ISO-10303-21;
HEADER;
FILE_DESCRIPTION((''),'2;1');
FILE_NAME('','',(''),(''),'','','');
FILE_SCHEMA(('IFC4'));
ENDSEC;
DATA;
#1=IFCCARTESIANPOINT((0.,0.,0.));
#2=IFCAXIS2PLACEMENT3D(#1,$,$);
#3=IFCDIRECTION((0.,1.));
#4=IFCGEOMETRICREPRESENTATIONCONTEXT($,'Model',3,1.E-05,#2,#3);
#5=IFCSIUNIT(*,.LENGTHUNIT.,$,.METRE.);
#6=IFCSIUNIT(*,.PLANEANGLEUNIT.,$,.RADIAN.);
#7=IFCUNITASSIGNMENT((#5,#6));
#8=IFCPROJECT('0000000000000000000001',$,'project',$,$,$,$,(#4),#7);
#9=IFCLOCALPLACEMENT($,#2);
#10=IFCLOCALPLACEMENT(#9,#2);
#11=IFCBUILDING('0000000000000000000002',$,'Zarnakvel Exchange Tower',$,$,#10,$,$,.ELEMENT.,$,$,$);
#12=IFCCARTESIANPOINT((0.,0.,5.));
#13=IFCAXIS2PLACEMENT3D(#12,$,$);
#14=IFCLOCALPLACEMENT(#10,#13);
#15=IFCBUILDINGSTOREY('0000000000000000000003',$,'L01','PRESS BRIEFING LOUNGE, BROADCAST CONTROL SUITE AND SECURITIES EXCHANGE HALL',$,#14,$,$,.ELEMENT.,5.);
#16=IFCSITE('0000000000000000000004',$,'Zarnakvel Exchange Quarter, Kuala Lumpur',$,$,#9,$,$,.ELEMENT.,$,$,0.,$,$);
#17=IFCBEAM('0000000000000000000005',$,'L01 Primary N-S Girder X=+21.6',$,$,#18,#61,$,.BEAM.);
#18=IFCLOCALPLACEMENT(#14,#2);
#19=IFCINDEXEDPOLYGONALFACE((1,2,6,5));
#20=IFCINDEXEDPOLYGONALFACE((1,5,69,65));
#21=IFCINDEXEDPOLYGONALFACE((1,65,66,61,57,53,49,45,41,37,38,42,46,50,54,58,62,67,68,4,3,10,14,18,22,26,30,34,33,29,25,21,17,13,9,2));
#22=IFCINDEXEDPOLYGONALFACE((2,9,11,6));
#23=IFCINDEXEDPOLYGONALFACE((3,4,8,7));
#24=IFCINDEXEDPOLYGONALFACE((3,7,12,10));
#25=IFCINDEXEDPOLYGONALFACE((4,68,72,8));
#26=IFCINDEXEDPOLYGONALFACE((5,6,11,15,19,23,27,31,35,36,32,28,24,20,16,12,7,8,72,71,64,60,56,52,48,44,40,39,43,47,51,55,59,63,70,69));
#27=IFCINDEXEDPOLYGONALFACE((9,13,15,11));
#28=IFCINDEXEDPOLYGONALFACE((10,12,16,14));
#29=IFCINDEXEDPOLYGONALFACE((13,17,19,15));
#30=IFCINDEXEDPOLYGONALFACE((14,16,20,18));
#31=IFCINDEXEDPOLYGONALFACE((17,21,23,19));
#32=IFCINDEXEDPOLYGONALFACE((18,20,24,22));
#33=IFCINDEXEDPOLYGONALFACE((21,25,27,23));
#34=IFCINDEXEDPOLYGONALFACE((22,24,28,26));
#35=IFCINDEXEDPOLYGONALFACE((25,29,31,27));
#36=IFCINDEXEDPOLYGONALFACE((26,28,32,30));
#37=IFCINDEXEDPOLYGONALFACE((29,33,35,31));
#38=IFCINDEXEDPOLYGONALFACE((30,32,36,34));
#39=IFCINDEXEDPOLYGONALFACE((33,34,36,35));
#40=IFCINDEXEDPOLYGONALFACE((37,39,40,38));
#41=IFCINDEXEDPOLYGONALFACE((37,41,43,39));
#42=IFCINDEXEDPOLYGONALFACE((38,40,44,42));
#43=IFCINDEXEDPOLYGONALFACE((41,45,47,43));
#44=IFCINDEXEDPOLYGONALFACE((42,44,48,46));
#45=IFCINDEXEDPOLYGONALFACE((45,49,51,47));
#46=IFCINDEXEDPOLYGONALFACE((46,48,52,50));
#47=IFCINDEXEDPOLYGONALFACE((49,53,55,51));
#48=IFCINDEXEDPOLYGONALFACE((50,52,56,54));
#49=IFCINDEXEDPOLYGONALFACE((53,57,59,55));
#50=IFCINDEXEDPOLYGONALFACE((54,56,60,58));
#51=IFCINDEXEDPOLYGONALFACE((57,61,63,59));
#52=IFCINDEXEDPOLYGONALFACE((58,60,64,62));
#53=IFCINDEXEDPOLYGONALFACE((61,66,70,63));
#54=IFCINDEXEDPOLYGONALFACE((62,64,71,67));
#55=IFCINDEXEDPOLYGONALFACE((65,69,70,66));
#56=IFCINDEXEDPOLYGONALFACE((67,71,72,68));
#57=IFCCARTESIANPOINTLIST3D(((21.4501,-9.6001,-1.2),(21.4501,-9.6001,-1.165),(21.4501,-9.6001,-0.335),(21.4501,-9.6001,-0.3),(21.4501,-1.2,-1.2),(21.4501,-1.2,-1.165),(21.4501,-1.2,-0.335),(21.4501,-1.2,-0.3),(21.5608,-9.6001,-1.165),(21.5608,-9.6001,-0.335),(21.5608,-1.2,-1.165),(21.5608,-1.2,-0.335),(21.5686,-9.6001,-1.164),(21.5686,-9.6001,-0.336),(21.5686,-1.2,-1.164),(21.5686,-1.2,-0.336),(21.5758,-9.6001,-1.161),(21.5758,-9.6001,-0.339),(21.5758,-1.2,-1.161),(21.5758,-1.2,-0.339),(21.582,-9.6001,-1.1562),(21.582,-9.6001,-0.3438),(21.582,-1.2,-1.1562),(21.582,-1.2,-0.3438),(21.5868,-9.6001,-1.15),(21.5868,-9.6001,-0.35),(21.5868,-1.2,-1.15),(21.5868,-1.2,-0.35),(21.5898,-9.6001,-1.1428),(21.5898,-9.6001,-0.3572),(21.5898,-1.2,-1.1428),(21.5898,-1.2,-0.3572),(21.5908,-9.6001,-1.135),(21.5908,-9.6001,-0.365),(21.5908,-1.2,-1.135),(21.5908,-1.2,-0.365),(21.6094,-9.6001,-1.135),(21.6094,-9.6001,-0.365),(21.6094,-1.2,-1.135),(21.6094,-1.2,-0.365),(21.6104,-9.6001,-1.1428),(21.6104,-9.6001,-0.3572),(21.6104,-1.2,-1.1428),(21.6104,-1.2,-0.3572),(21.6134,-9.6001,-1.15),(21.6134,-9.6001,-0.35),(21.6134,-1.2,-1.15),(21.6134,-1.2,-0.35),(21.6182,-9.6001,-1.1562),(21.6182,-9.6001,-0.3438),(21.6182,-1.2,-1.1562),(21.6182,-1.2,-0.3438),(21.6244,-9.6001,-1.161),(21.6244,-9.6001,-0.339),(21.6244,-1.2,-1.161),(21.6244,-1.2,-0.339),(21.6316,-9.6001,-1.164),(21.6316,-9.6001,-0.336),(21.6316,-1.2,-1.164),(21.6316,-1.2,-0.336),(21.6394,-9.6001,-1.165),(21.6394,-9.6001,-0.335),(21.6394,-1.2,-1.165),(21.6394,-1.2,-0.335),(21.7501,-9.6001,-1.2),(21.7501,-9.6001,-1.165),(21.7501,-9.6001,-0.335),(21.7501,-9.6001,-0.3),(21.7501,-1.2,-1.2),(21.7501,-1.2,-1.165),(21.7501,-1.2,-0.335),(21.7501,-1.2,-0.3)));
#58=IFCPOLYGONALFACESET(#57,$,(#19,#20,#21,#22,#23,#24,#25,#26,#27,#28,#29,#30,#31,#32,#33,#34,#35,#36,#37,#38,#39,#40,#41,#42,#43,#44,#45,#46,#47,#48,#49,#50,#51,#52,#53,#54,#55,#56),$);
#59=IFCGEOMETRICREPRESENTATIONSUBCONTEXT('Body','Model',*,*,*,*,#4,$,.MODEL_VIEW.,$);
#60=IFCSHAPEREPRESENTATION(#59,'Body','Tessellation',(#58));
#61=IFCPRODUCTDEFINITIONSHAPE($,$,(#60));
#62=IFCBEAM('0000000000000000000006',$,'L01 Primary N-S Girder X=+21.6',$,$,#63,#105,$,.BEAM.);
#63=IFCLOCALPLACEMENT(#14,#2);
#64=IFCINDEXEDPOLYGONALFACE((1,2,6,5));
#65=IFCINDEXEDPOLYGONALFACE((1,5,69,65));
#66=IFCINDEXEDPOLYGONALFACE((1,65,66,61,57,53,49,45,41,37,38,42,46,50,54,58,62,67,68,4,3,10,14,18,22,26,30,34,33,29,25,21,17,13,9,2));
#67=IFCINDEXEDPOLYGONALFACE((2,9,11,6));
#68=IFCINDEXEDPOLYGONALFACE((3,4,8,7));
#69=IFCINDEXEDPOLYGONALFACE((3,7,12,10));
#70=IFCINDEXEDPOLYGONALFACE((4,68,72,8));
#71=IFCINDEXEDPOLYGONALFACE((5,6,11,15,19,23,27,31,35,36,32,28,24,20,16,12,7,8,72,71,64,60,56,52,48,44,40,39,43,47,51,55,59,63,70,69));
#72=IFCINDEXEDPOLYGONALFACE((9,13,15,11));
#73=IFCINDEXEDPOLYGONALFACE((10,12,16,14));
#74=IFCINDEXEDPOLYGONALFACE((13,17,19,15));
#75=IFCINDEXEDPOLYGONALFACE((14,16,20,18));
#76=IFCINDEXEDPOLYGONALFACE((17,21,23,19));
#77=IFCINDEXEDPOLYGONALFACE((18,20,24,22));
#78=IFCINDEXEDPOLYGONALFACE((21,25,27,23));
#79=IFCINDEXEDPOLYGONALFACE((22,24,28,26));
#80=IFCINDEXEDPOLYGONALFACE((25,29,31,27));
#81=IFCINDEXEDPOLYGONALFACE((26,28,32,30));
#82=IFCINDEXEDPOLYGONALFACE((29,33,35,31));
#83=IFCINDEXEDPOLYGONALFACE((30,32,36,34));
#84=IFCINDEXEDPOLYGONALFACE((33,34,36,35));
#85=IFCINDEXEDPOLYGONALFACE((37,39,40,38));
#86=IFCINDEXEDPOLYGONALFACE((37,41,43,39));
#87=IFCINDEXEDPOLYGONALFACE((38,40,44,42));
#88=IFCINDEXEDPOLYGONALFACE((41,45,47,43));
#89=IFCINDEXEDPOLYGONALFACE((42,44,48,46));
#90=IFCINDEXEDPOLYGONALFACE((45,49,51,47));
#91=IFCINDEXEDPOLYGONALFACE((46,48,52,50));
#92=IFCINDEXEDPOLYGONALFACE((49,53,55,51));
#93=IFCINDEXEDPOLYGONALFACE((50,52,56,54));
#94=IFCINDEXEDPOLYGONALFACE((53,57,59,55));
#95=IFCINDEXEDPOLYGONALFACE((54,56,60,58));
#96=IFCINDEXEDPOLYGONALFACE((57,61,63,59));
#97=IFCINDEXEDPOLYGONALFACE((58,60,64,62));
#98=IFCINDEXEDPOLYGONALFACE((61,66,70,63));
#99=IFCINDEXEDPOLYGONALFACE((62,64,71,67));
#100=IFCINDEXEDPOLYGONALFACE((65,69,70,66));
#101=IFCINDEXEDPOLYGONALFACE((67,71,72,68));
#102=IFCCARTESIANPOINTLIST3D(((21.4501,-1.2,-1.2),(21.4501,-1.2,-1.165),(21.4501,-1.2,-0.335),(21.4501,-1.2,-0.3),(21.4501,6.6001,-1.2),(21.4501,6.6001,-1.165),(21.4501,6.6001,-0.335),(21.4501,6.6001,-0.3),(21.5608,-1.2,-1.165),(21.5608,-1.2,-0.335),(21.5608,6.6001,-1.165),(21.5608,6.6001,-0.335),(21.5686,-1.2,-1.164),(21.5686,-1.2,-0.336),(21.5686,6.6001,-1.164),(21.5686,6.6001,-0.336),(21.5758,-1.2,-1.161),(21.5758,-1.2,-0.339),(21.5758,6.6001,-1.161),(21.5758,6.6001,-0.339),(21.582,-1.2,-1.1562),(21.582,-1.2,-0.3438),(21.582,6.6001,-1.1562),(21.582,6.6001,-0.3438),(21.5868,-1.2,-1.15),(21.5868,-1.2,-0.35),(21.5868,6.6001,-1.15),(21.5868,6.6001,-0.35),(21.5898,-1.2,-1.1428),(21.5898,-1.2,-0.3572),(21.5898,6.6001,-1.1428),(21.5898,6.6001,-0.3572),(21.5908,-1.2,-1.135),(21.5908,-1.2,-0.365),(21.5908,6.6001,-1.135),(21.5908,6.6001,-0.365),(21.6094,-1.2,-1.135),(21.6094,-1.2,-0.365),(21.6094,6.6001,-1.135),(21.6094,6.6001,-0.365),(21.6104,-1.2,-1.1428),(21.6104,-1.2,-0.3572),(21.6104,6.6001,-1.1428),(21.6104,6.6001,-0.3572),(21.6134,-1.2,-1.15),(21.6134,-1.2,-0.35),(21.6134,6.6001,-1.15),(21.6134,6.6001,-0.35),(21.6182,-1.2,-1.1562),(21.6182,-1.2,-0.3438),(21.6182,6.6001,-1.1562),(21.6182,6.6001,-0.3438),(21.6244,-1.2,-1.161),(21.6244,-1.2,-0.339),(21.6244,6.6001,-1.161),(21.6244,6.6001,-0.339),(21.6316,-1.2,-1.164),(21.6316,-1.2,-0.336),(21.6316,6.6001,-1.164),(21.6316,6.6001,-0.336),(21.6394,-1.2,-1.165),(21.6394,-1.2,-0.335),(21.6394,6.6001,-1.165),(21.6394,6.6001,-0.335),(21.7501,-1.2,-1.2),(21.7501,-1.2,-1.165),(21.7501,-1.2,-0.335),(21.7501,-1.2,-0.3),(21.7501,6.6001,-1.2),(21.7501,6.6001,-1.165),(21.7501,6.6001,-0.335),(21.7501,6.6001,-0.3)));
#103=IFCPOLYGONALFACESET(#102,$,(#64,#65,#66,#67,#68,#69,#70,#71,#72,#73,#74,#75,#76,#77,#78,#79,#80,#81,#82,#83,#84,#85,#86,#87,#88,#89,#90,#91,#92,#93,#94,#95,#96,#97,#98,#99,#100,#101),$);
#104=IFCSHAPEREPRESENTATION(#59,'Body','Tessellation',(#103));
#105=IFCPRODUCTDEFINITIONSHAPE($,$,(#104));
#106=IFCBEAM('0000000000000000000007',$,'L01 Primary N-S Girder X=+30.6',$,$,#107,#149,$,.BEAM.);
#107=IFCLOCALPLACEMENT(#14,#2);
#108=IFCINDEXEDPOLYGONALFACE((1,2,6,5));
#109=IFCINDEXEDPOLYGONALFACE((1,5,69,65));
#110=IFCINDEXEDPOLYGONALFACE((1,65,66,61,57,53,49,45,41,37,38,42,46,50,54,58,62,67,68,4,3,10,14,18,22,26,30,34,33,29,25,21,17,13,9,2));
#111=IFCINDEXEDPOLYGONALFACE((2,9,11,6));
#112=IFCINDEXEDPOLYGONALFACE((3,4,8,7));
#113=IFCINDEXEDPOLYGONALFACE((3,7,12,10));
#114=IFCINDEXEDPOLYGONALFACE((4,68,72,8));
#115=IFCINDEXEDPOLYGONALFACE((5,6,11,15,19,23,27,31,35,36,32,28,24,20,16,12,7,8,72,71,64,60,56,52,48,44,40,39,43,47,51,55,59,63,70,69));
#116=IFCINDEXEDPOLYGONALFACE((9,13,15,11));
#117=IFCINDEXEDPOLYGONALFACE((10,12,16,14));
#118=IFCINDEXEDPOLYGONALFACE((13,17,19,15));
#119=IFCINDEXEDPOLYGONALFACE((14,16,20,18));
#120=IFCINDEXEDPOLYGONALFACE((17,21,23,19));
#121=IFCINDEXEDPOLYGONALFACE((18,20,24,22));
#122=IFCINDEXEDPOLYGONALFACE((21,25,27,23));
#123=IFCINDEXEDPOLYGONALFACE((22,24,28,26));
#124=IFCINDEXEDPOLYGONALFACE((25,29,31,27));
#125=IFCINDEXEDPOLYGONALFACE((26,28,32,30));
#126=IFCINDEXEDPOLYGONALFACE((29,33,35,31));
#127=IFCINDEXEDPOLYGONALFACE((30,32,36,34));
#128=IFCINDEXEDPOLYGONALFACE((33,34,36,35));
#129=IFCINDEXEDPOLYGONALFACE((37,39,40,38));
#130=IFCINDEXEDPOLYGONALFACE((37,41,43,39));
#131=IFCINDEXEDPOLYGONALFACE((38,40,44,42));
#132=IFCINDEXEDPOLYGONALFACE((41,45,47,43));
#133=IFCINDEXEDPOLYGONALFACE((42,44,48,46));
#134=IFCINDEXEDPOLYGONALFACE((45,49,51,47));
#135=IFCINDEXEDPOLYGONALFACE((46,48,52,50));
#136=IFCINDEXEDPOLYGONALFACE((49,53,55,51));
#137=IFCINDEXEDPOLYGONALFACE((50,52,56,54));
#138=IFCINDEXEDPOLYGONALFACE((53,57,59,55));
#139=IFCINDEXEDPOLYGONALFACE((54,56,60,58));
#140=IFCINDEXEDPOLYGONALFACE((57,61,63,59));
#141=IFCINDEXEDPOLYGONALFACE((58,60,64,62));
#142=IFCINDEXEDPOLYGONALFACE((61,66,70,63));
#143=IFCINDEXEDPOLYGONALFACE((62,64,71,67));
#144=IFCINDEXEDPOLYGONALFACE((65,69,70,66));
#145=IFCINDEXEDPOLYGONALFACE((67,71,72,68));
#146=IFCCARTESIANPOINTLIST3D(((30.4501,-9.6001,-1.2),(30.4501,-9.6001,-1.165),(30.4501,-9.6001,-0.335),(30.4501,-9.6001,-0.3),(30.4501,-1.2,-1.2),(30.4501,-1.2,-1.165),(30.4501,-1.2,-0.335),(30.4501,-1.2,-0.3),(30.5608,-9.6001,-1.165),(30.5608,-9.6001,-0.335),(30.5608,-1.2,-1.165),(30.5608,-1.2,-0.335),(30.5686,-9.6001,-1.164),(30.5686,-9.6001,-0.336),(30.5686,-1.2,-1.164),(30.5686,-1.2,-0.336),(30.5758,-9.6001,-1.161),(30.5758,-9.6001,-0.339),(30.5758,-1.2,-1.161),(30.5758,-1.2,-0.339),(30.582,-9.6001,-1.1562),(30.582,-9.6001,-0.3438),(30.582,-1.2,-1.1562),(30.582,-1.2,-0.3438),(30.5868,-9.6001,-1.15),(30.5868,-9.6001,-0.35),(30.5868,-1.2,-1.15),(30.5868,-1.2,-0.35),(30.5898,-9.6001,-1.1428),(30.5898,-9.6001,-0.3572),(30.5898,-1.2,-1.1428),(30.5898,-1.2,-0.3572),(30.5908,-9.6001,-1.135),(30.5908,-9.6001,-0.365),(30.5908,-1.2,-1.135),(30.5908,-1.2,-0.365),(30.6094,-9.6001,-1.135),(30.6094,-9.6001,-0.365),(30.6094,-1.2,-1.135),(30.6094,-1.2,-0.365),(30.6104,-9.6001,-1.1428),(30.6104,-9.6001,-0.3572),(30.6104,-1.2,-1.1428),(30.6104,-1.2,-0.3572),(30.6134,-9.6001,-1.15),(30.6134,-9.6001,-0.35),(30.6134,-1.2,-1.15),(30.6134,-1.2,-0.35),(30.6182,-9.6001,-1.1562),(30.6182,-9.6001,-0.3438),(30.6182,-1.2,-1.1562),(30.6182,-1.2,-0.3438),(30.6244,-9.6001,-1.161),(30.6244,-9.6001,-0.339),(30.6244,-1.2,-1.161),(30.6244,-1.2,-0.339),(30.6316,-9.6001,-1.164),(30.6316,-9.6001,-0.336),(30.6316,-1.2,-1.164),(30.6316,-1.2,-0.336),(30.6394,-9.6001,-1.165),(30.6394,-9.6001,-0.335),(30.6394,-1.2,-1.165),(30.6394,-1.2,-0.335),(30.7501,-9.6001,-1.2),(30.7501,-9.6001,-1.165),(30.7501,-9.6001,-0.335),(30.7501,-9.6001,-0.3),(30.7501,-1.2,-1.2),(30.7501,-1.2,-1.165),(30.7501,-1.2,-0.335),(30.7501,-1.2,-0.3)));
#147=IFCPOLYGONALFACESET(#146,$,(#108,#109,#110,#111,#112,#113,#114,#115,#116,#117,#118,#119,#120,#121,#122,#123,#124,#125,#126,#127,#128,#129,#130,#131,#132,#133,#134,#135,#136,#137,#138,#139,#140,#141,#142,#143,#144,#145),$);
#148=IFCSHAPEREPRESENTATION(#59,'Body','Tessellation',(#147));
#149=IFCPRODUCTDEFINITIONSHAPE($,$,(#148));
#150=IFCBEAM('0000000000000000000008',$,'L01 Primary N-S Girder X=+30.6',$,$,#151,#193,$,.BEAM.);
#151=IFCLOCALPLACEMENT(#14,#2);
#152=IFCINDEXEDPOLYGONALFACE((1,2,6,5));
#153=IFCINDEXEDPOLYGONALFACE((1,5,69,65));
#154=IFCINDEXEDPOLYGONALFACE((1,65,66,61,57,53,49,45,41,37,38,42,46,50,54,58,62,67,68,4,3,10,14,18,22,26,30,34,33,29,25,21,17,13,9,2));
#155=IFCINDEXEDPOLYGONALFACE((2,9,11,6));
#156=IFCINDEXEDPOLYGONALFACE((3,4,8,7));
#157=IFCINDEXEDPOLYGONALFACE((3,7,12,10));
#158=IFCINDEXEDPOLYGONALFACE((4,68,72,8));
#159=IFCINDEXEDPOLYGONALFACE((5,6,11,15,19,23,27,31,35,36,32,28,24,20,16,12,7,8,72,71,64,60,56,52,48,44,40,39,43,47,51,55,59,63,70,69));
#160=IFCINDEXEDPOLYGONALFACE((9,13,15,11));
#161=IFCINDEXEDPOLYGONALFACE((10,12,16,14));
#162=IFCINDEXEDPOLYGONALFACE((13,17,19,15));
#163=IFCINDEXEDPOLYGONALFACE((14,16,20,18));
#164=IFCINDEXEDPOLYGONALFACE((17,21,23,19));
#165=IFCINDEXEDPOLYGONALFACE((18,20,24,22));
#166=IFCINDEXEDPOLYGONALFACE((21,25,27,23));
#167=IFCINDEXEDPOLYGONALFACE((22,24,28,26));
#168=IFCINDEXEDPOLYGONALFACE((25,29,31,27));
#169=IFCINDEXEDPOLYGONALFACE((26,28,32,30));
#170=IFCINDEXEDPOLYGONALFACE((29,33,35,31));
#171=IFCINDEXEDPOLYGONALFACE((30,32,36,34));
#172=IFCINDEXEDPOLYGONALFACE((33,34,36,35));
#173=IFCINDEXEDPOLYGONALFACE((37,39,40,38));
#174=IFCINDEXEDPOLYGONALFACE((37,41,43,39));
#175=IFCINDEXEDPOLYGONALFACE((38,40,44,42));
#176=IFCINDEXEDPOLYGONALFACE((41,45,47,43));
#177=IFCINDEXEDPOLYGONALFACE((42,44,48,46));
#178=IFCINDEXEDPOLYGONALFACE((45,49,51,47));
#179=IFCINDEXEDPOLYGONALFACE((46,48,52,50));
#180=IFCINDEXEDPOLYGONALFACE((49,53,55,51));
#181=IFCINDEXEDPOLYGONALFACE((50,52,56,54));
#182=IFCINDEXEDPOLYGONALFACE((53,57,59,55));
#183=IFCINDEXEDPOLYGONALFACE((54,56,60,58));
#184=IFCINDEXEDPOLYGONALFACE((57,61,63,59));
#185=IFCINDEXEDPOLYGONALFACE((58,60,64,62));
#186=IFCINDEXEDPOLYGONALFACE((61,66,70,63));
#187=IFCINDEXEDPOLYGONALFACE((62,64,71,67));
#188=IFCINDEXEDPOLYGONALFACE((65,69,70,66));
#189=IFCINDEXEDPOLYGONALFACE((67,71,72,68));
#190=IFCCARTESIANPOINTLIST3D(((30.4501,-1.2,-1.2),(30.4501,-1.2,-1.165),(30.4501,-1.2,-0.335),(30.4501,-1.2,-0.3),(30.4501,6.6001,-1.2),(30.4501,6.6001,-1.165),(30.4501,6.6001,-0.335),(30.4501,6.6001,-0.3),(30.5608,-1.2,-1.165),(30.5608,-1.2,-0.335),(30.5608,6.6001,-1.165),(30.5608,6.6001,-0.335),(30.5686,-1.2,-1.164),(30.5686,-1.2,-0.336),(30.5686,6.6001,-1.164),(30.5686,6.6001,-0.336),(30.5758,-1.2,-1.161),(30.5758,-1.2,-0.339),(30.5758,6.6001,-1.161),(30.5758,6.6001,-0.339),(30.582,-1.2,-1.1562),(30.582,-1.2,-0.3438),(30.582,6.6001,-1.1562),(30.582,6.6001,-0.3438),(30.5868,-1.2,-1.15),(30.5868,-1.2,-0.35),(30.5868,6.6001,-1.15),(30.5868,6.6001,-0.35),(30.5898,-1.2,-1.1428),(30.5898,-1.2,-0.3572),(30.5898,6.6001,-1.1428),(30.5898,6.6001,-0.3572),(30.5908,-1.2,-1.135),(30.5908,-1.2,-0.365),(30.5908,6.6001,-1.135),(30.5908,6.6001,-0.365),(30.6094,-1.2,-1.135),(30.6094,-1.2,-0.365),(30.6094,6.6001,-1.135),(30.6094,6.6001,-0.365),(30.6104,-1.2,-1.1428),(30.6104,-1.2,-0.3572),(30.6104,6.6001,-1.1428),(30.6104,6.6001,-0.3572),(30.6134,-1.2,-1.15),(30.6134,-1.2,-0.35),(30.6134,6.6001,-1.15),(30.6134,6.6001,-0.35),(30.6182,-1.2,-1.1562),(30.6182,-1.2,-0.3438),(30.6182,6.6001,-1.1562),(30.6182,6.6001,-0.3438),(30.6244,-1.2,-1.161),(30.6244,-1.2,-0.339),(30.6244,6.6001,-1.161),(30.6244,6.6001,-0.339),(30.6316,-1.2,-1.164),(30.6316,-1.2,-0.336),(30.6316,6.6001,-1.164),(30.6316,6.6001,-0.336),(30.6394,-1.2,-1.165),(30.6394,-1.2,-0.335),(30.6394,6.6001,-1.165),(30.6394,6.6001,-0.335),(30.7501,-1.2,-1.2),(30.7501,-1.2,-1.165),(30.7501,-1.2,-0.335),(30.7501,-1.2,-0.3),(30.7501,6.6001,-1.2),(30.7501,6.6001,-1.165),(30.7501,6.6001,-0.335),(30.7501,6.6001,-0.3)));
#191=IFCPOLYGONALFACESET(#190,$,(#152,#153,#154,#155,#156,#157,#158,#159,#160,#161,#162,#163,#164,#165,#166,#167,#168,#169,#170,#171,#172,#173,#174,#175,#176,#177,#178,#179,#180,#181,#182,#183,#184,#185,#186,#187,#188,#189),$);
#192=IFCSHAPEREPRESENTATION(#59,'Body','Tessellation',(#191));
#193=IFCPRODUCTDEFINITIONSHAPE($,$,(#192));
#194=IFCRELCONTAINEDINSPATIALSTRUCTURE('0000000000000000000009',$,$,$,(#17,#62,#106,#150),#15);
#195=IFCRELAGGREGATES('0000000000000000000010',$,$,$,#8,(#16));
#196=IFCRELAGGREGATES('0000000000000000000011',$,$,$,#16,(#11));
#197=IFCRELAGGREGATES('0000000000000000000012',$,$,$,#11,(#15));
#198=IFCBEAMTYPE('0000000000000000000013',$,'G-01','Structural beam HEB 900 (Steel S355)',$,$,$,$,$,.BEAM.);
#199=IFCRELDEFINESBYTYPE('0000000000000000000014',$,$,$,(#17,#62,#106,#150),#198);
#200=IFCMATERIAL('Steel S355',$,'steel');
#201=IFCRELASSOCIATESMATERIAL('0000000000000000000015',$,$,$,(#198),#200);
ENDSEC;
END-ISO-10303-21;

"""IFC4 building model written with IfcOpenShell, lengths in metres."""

from ifc_helpers import new_model, si_unit, direction, frame, origin, origin_2d, place, context, subcontext, project, spatial, i_section, extrude, material, material_profile, profile_set, type_object, element, save


model = new_model("IFC4")

# Units and contexts
model_context = context("Model", 3, precision=1e-05, world=origin(), true_north=direction((0.0, 1.0)))
body_context = subcontext(model_context, "Body", "Model", "MODEL_VIEW")
ifc_project = project(units=[si_unit("LENGTHUNIT", "METRE"), si_unit("PLANEANGLEUNIT", "RADIAN")], contexts=[model_context])

# Site, building, storey
site_placement = place(None, origin())
site = spatial("IfcSite", under=ifc_project, at=site_placement, Name="Zarnakvel Exchange Quarter, Kuala Lumpur", CompositionType="ELEMENT", RefElevation=0.0)
building_placement = place(site_placement, origin())
building = spatial("IfcBuilding", under=site, at=building_placement, Name="Zarnakvel Exchange Tower", CompositionType="ELEMENT")
storey_placement = place(building_placement, frame((0.0, 0.0, 5.0)))
storey = spatial("IfcBuildingStorey", under=building, at=storey_placement, Name="L01", Description="PRESS BRIEFING LOUNGE, BROADCAST CONTROL SUITE AND SECURITIES EXCHANGE HALL", CompositionType="ELEMENT", Elevation=5.0)

# Beams
ifc_material_1 = material(Name="Steel S355", Category="steel")
ifc_material_profile_1 = material_profile(ifc_material_1, i_section(OverallWidth=0.3, OverallDepth=0.8999, WebThickness=0.0186, FlangeThickness=0.0349, FilletRadius=0.03, at=origin_2d()))
ifc_profile_set_1 = profile_set([ifc_material_profile_1], Name="Steel S355")
beam_type = type_object("IfcBeamType", Name="G-01", Description="Structural beam HEB 900 (Steel S355)", PredefinedType="BEAM", material=ifc_profile_set_1)
beam_1_placement = place(storey_placement, frame((21.6001, -9.6001, -0.75), z_axis=(0.0, 1.0, 0.0), x_axis=(-1.0, 0.0, 0.0)))
element("IfcBeam", 1, at=beam_1_placement, inside=storey, type_object=beam_type, Name="L01 Primary N-S Girder X=+21.6", PredefinedType="BEAM", context=body_context, shape_type="SweptSolid", body=[
    extrude(i_section(OverallWidth=0.3, OverallDepth=0.8999, WebThickness=0.0186, FlangeThickness=0.0349, FilletRadius=0.03, at=origin_2d()), origin(), (0.0, 0.0, 1.0), 8.4001),
])
beam_2_placement = place(storey_placement, frame((21.6001, -1.2, -0.75), z_axis=(0.0, 1.0, 0.0), x_axis=(-1.0, 0.0, 0.0)))
element("IfcBeam", 2, at=beam_2_placement, inside=storey, type_object=beam_type, Name="L01 Primary N-S Girder X=+21.6", PredefinedType="BEAM", context=body_context, shape_type="SweptSolid", body=[
    extrude(i_section(OverallWidth=0.3, OverallDepth=0.8999, WebThickness=0.0186, FlangeThickness=0.0349, FilletRadius=0.03, at=origin_2d()), origin(), (0.0, 0.0, 1.0), 7.8),
])
beam_3_placement = place(storey_placement, frame((30.6001, -9.6001, -0.75), z_axis=(0.0, 1.0, 0.0), x_axis=(-1.0, 0.0, 0.0)))
element("IfcBeam", 3, at=beam_3_placement, inside=storey, type_object=beam_type, Name="L01 Primary N-S Girder X=+30.6", PredefinedType="BEAM", context=body_context, shape_type="SweptSolid", body=[
    extrude(i_section(OverallWidth=0.3, OverallDepth=0.8999, WebThickness=0.0186, FlangeThickness=0.0349, FilletRadius=0.03, at=origin_2d()), origin(), (0.0, 0.0, 1.0), 8.4001),
])
beam_4_placement = place(storey_placement, frame((30.6001, -1.2, -0.75), z_axis=(0.0, 1.0, 0.0), x_axis=(-1.0, 0.0, 0.0)))
element("IfcBeam", 4, at=beam_4_placement, inside=storey, type_object=beam_type, Name="L01 Primary N-S Girder X=+30.6", PredefinedType="BEAM", context=body_context, shape_type="SweptSolid", body=[
    extrude(i_section(OverallWidth=0.3, OverallDepth=0.8999, WebThickness=0.0186, FlangeThickness=0.0349, FilletRadius=0.03, at=origin_2d()), origin(), (0.0, 0.0, 1.0), 7.8),
])

save(model, "model.ifc")
